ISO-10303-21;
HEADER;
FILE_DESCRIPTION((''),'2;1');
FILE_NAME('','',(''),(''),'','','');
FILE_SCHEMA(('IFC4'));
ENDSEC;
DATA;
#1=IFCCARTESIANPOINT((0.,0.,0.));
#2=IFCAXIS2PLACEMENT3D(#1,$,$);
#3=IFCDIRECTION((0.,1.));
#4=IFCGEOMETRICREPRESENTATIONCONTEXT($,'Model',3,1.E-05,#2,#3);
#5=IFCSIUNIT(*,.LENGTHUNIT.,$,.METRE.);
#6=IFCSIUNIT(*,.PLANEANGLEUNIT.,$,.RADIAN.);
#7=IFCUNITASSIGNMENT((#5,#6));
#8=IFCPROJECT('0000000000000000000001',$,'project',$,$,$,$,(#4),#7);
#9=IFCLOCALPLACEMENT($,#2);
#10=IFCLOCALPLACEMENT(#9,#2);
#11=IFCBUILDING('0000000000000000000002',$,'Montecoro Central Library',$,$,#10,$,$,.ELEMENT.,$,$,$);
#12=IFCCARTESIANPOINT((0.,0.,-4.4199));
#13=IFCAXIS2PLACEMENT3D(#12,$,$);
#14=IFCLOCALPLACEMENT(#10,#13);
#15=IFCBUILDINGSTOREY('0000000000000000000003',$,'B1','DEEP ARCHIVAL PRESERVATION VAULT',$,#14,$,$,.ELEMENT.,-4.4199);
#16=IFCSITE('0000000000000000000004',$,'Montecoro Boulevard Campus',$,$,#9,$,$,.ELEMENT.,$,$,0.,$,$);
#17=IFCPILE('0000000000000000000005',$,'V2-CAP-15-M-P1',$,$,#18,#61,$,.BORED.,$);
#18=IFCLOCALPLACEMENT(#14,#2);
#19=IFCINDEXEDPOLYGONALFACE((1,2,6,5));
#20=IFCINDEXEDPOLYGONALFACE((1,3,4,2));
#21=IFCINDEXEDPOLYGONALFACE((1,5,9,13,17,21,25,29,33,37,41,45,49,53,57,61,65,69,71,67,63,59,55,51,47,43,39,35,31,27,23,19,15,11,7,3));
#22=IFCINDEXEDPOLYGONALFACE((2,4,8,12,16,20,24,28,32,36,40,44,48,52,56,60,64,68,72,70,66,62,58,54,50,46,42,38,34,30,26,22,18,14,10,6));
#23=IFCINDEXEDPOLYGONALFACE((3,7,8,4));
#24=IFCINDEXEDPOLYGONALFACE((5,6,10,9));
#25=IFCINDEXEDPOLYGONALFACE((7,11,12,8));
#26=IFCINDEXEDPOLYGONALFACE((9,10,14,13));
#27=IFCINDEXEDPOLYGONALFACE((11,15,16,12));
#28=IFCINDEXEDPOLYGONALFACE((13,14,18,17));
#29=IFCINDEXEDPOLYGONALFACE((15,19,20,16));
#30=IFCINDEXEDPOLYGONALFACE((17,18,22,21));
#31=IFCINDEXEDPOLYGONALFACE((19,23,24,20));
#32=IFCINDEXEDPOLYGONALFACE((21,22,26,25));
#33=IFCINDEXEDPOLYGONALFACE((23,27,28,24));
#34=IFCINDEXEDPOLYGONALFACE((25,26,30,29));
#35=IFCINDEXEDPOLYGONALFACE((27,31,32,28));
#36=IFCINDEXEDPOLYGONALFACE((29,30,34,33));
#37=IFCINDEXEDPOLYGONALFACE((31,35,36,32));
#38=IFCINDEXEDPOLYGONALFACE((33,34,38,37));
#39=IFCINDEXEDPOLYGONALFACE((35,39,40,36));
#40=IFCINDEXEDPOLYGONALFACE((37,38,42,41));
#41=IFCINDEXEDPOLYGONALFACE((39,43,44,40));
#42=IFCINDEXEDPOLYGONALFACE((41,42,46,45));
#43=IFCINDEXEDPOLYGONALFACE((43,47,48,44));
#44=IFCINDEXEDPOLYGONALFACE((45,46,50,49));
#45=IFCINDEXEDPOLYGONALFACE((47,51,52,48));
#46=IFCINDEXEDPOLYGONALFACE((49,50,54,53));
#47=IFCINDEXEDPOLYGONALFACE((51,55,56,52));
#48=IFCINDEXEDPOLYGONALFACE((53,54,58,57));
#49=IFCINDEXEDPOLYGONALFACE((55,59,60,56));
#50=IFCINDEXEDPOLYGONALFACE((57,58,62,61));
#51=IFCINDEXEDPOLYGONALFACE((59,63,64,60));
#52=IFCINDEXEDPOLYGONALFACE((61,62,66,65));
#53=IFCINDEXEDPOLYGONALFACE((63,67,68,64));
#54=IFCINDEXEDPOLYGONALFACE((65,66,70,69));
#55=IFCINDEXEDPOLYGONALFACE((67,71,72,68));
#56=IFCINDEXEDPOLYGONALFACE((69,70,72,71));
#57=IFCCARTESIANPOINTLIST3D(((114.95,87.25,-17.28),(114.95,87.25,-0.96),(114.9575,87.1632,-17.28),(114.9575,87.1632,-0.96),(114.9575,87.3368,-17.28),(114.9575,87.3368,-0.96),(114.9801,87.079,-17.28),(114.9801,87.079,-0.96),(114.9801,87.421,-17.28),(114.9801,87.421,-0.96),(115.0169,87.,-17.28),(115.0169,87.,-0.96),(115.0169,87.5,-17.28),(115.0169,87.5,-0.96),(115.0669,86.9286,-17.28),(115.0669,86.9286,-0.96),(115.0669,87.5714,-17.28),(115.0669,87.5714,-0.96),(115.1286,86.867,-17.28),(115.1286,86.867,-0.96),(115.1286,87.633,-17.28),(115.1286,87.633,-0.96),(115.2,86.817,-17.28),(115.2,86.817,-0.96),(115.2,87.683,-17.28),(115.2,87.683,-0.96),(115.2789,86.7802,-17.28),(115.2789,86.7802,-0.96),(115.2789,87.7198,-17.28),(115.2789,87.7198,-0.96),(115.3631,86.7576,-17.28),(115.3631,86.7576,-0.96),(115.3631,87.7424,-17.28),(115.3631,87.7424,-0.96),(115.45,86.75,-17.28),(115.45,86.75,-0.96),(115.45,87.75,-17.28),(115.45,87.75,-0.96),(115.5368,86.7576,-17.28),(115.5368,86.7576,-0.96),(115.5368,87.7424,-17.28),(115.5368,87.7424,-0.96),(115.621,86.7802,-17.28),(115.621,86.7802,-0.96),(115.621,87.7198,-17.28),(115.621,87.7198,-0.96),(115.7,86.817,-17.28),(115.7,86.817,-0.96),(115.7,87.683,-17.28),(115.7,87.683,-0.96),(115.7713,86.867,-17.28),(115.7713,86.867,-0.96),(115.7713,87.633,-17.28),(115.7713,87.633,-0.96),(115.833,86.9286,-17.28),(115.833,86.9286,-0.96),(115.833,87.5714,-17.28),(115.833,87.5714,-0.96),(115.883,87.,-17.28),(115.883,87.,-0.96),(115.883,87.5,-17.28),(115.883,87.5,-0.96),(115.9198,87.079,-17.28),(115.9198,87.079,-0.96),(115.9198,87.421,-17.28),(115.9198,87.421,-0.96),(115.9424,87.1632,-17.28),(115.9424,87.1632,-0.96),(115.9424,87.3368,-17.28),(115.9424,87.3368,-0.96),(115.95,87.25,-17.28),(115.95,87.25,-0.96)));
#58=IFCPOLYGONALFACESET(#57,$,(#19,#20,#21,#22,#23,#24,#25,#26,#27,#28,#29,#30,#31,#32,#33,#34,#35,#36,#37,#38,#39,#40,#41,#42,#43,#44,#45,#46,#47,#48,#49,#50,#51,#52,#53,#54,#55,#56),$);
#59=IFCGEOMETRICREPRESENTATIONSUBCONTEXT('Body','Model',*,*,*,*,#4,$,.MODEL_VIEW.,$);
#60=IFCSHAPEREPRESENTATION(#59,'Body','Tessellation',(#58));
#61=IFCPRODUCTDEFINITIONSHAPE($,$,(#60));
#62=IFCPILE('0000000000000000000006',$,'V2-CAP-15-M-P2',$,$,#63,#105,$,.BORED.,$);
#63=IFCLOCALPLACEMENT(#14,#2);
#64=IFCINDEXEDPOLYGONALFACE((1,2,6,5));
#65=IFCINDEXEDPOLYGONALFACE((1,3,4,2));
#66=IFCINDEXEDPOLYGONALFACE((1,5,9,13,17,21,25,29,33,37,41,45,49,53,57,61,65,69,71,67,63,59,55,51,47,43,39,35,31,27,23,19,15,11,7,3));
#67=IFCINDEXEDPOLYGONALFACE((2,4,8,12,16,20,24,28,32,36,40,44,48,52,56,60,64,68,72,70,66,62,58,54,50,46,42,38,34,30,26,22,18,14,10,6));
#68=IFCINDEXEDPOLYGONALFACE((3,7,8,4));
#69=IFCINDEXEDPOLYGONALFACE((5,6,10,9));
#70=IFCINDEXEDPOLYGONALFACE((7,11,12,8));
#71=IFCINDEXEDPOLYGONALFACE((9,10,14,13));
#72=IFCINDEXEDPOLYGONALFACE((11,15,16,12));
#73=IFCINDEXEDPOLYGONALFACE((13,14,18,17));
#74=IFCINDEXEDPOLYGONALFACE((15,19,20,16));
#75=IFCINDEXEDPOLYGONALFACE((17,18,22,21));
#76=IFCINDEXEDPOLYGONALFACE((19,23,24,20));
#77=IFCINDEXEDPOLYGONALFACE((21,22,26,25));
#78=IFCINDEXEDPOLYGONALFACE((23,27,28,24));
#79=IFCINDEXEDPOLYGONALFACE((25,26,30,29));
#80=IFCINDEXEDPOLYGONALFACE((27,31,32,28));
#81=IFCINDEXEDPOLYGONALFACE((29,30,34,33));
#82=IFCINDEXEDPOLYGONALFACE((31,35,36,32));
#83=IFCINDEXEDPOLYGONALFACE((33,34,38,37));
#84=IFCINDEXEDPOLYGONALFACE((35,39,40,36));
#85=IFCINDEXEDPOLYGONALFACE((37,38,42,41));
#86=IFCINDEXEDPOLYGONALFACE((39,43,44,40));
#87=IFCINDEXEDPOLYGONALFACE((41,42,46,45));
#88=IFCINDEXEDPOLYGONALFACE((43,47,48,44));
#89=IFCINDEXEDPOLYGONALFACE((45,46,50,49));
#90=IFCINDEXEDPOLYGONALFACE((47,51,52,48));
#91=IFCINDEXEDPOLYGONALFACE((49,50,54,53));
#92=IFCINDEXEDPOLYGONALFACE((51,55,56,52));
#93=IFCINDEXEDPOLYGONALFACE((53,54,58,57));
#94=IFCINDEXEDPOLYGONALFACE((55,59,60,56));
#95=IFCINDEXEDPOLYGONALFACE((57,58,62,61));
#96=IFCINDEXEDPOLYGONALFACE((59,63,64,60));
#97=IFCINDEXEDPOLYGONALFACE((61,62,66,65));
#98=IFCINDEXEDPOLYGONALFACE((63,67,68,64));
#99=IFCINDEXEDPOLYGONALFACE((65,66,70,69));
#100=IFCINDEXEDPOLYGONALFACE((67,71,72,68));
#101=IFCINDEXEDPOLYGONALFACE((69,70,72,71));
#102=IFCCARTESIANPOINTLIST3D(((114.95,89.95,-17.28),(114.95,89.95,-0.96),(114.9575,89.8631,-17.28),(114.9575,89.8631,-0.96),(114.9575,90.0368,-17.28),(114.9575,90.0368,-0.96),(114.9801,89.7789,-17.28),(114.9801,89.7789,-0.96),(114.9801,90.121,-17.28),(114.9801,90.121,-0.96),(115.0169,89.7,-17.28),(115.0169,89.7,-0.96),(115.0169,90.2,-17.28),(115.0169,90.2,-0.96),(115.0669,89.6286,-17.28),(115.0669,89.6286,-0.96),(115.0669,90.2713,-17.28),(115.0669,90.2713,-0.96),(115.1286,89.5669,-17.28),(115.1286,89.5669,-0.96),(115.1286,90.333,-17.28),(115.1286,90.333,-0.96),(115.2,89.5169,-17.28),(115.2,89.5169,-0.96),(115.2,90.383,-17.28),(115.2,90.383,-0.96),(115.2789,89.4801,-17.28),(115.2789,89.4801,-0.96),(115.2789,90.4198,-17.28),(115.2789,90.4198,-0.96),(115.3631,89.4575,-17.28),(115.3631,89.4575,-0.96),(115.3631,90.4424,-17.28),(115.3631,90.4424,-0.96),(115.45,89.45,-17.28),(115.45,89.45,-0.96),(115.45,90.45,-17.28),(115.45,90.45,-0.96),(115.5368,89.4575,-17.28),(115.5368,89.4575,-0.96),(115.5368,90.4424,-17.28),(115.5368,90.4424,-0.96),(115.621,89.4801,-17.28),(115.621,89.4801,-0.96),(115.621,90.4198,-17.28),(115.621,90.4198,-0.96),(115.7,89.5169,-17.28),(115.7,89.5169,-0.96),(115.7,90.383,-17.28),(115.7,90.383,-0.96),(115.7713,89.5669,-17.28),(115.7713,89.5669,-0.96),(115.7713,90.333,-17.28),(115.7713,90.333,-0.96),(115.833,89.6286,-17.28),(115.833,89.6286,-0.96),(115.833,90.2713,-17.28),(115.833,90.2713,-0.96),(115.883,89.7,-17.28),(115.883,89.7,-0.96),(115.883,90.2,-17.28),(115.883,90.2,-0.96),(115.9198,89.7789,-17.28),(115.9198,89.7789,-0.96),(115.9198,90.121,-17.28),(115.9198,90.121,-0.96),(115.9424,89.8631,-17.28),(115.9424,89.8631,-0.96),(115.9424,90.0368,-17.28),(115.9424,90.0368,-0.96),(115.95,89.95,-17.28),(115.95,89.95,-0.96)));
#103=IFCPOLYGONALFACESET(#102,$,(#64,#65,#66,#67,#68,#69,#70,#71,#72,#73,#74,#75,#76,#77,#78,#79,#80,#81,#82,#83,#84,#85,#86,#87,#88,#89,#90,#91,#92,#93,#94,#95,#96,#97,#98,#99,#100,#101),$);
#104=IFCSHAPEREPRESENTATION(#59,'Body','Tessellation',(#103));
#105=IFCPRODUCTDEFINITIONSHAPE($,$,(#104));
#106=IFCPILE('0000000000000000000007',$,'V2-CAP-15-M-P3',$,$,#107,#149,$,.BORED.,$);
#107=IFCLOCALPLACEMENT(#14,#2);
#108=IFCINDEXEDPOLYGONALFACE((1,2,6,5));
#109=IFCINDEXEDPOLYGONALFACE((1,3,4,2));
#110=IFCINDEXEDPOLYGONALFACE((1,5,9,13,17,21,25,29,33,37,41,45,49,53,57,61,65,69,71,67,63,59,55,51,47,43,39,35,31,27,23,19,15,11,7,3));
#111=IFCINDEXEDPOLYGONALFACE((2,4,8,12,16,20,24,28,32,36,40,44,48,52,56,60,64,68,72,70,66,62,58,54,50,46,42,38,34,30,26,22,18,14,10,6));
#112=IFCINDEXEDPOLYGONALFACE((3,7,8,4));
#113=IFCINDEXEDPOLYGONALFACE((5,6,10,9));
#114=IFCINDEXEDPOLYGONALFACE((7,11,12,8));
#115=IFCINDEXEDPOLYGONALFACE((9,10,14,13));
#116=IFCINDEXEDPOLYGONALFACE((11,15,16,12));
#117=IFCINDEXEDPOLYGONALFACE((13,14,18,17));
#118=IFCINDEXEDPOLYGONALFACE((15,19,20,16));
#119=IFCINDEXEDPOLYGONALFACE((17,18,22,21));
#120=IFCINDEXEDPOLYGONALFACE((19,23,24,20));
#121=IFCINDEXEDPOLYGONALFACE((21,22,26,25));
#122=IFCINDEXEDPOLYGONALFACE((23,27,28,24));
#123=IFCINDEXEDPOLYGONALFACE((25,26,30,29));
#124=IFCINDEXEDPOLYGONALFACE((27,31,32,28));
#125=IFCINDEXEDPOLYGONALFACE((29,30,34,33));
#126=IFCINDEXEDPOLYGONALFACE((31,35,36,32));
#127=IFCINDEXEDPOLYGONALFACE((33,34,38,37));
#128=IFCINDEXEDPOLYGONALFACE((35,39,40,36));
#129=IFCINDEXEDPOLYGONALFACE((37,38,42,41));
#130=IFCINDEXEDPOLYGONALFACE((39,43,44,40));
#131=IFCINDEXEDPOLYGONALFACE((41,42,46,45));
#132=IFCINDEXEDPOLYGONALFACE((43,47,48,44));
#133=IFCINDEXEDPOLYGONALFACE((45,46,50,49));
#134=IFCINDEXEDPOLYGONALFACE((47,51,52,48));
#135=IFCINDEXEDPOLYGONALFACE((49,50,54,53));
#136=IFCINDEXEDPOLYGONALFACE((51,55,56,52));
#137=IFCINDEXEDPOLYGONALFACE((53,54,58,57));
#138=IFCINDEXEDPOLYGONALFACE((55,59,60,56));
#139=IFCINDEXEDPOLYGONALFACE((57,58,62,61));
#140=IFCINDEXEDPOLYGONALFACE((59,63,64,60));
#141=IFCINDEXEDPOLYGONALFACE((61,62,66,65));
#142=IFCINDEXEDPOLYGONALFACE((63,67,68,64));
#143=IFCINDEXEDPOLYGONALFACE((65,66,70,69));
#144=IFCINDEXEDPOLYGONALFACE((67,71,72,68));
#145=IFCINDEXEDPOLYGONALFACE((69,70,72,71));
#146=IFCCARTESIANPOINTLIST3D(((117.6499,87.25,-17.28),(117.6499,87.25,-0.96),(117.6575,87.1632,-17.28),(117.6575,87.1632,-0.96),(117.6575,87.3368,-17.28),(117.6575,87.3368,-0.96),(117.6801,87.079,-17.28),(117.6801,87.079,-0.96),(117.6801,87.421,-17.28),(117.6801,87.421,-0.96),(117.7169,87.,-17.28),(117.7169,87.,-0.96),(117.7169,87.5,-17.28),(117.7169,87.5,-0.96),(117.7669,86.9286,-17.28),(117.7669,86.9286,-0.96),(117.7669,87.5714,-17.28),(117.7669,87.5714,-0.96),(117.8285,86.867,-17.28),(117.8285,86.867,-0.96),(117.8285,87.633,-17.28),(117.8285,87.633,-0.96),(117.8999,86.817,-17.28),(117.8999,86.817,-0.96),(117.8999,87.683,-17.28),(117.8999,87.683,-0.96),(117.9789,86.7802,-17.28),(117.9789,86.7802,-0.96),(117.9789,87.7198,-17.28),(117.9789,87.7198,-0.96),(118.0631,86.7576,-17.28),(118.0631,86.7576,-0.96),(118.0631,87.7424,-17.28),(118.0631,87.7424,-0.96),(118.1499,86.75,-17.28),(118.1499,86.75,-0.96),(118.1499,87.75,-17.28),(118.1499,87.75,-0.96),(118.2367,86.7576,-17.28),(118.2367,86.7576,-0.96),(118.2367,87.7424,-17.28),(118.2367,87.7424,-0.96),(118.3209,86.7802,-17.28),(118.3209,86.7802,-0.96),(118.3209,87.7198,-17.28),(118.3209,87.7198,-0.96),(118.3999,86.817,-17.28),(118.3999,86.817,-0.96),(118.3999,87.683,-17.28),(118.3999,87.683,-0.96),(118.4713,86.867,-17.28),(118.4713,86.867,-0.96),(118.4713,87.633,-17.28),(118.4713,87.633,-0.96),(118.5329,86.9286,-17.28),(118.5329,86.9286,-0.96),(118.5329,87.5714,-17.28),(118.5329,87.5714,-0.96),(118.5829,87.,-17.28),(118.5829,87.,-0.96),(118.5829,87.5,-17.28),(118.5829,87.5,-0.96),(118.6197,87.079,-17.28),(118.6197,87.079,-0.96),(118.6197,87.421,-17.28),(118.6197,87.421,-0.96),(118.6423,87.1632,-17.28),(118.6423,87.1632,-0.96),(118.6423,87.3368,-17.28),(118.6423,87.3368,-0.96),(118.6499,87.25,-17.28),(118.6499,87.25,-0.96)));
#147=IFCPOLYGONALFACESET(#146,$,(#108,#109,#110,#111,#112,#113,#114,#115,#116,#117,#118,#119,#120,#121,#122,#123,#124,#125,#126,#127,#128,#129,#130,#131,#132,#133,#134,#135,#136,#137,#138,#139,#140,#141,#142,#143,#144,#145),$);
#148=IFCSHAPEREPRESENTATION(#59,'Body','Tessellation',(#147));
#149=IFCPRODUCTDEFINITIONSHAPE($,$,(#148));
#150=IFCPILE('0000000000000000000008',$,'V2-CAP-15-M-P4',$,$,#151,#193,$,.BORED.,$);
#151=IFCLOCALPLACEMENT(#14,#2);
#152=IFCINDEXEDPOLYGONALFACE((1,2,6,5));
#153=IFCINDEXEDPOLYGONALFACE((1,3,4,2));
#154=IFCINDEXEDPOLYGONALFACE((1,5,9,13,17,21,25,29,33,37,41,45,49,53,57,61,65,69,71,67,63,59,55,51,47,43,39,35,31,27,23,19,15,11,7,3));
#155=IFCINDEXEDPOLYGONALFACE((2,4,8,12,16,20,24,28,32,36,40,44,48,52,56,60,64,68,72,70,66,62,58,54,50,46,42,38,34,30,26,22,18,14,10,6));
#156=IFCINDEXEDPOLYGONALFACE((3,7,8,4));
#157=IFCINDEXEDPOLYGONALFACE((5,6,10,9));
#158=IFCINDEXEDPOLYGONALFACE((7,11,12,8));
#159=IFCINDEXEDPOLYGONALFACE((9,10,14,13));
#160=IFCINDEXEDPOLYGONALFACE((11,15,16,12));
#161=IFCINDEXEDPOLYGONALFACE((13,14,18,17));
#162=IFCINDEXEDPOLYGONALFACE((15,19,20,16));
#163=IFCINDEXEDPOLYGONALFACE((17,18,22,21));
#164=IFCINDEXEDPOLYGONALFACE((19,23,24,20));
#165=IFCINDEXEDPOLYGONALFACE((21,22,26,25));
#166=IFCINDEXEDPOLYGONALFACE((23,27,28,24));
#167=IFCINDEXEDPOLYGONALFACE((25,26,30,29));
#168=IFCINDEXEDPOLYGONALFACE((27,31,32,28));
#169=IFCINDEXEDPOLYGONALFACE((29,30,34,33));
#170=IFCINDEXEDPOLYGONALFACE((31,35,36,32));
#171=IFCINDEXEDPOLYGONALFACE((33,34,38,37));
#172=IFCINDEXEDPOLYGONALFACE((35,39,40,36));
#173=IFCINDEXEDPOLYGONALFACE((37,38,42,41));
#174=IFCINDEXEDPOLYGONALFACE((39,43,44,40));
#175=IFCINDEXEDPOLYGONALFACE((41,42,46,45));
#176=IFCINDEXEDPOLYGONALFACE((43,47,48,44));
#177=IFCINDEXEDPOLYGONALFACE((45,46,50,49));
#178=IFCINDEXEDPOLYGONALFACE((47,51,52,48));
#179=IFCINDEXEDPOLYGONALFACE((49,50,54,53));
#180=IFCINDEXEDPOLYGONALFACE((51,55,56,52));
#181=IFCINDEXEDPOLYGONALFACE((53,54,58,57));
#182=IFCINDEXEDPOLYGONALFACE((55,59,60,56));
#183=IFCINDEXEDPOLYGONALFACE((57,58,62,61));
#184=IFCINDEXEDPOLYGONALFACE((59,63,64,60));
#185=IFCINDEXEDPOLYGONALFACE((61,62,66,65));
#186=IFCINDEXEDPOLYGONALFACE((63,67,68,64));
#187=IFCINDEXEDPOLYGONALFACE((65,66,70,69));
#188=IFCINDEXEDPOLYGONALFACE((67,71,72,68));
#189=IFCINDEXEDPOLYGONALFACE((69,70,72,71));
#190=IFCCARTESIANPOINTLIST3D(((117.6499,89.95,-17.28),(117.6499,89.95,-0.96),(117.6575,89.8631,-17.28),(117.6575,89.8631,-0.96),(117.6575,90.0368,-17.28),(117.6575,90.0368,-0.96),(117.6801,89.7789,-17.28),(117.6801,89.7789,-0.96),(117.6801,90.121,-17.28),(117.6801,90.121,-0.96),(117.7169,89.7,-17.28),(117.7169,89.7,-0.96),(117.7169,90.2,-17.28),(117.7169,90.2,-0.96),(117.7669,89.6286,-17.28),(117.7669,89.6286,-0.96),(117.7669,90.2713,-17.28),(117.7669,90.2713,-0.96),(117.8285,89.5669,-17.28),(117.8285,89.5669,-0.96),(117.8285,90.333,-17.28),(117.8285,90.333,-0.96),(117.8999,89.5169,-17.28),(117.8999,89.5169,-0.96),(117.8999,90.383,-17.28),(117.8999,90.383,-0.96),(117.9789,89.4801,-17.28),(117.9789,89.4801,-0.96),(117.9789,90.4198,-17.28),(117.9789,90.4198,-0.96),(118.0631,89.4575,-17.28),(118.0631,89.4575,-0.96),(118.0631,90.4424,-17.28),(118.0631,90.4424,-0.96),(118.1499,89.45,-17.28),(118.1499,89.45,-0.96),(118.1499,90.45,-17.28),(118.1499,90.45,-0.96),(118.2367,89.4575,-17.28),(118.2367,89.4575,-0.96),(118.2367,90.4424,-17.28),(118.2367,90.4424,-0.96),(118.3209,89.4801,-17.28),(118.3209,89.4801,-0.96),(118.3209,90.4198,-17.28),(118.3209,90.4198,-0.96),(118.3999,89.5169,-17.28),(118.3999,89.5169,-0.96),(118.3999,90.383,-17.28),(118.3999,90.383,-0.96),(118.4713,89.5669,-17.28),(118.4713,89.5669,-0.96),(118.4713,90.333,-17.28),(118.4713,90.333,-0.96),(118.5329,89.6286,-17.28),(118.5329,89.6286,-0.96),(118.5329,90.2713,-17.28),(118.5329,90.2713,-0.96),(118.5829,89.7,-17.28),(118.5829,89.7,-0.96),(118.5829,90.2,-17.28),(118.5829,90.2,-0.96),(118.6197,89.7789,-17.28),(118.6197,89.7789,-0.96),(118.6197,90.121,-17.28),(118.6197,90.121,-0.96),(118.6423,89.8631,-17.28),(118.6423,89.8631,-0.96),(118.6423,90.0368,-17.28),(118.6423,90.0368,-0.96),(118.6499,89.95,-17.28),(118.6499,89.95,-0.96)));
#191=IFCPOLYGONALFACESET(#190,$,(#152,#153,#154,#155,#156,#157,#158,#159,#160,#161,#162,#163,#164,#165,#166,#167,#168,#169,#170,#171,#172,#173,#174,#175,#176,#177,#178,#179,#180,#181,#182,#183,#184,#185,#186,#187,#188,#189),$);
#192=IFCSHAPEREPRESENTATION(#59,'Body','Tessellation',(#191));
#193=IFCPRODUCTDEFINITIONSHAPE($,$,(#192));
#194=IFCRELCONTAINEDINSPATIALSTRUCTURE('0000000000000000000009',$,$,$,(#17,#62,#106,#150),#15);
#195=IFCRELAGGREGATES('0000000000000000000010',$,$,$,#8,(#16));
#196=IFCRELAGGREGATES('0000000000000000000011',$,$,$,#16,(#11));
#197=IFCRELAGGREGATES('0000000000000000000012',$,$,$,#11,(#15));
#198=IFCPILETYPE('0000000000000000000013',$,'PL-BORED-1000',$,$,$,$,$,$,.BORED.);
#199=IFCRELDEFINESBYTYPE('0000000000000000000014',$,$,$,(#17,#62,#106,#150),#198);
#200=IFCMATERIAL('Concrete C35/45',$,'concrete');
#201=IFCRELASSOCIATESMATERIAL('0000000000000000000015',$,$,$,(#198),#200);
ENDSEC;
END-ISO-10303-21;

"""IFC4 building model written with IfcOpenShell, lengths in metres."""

from ifc_helpers import new_model, si_unit, direction, frame, origin, origin_2d, place, context, subcontext, project, spatial, circle, extrude, material, material_profile, profile_set, type_object, element, save


model = new_model("IFC4")

# Units and contexts
model_context = context("Model", 3, precision=1e-05, world=origin(), true_north=direction((0.0, 1.0)))
body_context = subcontext(model_context, "Body", "Model", "MODEL_VIEW")
ifc_project = project(units=[si_unit("LENGTHUNIT", "METRE"), si_unit("PLANEANGLEUNIT", "RADIAN")], contexts=[model_context])

# Site, building, storey
site_placement = place(None, origin())
site = spatial("IfcSite", under=ifc_project, at=site_placement, Name="Montecoro Boulevard Campus", CompositionType="ELEMENT", RefElevation=0.0)
building_placement = place(site_placement, origin())
building = spatial("IfcBuilding", under=site, at=building_placement, Name="Montecoro Central Library", CompositionType="ELEMENT")
storey_placement = place(building_placement, frame((0.0, 0.0, -4.4199)))
storey = spatial("IfcBuildingStorey", under=building, at=storey_placement, Name="B1", Description="DEEP ARCHIVAL PRESERVATION VAULT", CompositionType="ELEMENT", Elevation=-4.4199)

# Shared definitions
ifc_material_1 = material(Name="Concrete C35/45", Category="concrete")

# Piles
ifc_material_profile_1 = material_profile(ifc_material_1, circle(Radius=0.5, at=origin_2d()), Name="PILE D1000")
ifc_profile_set_1 = profile_set([ifc_material_profile_1], Name="Concrete C35/45")
pile_type_1 = type_object("IfcPileType", Name="PL-BORED-1000", PredefinedType="BORED", material=ifc_profile_set_1)
for number, where, z_axis, x_axis, name in (
    (1, (115.45, 87.25, -0.96), (0.0, 0.0, -1.0), (1.0, 0.0, 0.0), "V2-CAP-15-M-P1"),
    (2, (115.45, 89.95, -0.96), (0.0, 0.0, -1.0), (1.0, 0.0, 0.0), "V2-CAP-15-M-P2"),
    (3, (118.1499, 87.25, -0.96), (0.0, 0.0, -1.0), (1.0, 0.0, 0.0), "V2-CAP-15-M-P3"),
    (4, (118.1499, 89.95, -0.96), (0.0, 0.0, -1.0), (1.0, 0.0, 0.0), "V2-CAP-15-M-P4"),
):
    element("IfcPile", number, at=place(storey_placement, frame(where, z_axis=z_axis, x_axis=x_axis)), inside=storey, type_object=pile_type_1, Name=name, PredefinedType="BORED", context=body_context, shape_type="SweptSolid", body=[
        extrude(circle(Radius=0.5, at=origin_2d()), origin(), (0.0, 0.0, 1.0), 16.3201),
    ])

save(model, "model.ifc")
